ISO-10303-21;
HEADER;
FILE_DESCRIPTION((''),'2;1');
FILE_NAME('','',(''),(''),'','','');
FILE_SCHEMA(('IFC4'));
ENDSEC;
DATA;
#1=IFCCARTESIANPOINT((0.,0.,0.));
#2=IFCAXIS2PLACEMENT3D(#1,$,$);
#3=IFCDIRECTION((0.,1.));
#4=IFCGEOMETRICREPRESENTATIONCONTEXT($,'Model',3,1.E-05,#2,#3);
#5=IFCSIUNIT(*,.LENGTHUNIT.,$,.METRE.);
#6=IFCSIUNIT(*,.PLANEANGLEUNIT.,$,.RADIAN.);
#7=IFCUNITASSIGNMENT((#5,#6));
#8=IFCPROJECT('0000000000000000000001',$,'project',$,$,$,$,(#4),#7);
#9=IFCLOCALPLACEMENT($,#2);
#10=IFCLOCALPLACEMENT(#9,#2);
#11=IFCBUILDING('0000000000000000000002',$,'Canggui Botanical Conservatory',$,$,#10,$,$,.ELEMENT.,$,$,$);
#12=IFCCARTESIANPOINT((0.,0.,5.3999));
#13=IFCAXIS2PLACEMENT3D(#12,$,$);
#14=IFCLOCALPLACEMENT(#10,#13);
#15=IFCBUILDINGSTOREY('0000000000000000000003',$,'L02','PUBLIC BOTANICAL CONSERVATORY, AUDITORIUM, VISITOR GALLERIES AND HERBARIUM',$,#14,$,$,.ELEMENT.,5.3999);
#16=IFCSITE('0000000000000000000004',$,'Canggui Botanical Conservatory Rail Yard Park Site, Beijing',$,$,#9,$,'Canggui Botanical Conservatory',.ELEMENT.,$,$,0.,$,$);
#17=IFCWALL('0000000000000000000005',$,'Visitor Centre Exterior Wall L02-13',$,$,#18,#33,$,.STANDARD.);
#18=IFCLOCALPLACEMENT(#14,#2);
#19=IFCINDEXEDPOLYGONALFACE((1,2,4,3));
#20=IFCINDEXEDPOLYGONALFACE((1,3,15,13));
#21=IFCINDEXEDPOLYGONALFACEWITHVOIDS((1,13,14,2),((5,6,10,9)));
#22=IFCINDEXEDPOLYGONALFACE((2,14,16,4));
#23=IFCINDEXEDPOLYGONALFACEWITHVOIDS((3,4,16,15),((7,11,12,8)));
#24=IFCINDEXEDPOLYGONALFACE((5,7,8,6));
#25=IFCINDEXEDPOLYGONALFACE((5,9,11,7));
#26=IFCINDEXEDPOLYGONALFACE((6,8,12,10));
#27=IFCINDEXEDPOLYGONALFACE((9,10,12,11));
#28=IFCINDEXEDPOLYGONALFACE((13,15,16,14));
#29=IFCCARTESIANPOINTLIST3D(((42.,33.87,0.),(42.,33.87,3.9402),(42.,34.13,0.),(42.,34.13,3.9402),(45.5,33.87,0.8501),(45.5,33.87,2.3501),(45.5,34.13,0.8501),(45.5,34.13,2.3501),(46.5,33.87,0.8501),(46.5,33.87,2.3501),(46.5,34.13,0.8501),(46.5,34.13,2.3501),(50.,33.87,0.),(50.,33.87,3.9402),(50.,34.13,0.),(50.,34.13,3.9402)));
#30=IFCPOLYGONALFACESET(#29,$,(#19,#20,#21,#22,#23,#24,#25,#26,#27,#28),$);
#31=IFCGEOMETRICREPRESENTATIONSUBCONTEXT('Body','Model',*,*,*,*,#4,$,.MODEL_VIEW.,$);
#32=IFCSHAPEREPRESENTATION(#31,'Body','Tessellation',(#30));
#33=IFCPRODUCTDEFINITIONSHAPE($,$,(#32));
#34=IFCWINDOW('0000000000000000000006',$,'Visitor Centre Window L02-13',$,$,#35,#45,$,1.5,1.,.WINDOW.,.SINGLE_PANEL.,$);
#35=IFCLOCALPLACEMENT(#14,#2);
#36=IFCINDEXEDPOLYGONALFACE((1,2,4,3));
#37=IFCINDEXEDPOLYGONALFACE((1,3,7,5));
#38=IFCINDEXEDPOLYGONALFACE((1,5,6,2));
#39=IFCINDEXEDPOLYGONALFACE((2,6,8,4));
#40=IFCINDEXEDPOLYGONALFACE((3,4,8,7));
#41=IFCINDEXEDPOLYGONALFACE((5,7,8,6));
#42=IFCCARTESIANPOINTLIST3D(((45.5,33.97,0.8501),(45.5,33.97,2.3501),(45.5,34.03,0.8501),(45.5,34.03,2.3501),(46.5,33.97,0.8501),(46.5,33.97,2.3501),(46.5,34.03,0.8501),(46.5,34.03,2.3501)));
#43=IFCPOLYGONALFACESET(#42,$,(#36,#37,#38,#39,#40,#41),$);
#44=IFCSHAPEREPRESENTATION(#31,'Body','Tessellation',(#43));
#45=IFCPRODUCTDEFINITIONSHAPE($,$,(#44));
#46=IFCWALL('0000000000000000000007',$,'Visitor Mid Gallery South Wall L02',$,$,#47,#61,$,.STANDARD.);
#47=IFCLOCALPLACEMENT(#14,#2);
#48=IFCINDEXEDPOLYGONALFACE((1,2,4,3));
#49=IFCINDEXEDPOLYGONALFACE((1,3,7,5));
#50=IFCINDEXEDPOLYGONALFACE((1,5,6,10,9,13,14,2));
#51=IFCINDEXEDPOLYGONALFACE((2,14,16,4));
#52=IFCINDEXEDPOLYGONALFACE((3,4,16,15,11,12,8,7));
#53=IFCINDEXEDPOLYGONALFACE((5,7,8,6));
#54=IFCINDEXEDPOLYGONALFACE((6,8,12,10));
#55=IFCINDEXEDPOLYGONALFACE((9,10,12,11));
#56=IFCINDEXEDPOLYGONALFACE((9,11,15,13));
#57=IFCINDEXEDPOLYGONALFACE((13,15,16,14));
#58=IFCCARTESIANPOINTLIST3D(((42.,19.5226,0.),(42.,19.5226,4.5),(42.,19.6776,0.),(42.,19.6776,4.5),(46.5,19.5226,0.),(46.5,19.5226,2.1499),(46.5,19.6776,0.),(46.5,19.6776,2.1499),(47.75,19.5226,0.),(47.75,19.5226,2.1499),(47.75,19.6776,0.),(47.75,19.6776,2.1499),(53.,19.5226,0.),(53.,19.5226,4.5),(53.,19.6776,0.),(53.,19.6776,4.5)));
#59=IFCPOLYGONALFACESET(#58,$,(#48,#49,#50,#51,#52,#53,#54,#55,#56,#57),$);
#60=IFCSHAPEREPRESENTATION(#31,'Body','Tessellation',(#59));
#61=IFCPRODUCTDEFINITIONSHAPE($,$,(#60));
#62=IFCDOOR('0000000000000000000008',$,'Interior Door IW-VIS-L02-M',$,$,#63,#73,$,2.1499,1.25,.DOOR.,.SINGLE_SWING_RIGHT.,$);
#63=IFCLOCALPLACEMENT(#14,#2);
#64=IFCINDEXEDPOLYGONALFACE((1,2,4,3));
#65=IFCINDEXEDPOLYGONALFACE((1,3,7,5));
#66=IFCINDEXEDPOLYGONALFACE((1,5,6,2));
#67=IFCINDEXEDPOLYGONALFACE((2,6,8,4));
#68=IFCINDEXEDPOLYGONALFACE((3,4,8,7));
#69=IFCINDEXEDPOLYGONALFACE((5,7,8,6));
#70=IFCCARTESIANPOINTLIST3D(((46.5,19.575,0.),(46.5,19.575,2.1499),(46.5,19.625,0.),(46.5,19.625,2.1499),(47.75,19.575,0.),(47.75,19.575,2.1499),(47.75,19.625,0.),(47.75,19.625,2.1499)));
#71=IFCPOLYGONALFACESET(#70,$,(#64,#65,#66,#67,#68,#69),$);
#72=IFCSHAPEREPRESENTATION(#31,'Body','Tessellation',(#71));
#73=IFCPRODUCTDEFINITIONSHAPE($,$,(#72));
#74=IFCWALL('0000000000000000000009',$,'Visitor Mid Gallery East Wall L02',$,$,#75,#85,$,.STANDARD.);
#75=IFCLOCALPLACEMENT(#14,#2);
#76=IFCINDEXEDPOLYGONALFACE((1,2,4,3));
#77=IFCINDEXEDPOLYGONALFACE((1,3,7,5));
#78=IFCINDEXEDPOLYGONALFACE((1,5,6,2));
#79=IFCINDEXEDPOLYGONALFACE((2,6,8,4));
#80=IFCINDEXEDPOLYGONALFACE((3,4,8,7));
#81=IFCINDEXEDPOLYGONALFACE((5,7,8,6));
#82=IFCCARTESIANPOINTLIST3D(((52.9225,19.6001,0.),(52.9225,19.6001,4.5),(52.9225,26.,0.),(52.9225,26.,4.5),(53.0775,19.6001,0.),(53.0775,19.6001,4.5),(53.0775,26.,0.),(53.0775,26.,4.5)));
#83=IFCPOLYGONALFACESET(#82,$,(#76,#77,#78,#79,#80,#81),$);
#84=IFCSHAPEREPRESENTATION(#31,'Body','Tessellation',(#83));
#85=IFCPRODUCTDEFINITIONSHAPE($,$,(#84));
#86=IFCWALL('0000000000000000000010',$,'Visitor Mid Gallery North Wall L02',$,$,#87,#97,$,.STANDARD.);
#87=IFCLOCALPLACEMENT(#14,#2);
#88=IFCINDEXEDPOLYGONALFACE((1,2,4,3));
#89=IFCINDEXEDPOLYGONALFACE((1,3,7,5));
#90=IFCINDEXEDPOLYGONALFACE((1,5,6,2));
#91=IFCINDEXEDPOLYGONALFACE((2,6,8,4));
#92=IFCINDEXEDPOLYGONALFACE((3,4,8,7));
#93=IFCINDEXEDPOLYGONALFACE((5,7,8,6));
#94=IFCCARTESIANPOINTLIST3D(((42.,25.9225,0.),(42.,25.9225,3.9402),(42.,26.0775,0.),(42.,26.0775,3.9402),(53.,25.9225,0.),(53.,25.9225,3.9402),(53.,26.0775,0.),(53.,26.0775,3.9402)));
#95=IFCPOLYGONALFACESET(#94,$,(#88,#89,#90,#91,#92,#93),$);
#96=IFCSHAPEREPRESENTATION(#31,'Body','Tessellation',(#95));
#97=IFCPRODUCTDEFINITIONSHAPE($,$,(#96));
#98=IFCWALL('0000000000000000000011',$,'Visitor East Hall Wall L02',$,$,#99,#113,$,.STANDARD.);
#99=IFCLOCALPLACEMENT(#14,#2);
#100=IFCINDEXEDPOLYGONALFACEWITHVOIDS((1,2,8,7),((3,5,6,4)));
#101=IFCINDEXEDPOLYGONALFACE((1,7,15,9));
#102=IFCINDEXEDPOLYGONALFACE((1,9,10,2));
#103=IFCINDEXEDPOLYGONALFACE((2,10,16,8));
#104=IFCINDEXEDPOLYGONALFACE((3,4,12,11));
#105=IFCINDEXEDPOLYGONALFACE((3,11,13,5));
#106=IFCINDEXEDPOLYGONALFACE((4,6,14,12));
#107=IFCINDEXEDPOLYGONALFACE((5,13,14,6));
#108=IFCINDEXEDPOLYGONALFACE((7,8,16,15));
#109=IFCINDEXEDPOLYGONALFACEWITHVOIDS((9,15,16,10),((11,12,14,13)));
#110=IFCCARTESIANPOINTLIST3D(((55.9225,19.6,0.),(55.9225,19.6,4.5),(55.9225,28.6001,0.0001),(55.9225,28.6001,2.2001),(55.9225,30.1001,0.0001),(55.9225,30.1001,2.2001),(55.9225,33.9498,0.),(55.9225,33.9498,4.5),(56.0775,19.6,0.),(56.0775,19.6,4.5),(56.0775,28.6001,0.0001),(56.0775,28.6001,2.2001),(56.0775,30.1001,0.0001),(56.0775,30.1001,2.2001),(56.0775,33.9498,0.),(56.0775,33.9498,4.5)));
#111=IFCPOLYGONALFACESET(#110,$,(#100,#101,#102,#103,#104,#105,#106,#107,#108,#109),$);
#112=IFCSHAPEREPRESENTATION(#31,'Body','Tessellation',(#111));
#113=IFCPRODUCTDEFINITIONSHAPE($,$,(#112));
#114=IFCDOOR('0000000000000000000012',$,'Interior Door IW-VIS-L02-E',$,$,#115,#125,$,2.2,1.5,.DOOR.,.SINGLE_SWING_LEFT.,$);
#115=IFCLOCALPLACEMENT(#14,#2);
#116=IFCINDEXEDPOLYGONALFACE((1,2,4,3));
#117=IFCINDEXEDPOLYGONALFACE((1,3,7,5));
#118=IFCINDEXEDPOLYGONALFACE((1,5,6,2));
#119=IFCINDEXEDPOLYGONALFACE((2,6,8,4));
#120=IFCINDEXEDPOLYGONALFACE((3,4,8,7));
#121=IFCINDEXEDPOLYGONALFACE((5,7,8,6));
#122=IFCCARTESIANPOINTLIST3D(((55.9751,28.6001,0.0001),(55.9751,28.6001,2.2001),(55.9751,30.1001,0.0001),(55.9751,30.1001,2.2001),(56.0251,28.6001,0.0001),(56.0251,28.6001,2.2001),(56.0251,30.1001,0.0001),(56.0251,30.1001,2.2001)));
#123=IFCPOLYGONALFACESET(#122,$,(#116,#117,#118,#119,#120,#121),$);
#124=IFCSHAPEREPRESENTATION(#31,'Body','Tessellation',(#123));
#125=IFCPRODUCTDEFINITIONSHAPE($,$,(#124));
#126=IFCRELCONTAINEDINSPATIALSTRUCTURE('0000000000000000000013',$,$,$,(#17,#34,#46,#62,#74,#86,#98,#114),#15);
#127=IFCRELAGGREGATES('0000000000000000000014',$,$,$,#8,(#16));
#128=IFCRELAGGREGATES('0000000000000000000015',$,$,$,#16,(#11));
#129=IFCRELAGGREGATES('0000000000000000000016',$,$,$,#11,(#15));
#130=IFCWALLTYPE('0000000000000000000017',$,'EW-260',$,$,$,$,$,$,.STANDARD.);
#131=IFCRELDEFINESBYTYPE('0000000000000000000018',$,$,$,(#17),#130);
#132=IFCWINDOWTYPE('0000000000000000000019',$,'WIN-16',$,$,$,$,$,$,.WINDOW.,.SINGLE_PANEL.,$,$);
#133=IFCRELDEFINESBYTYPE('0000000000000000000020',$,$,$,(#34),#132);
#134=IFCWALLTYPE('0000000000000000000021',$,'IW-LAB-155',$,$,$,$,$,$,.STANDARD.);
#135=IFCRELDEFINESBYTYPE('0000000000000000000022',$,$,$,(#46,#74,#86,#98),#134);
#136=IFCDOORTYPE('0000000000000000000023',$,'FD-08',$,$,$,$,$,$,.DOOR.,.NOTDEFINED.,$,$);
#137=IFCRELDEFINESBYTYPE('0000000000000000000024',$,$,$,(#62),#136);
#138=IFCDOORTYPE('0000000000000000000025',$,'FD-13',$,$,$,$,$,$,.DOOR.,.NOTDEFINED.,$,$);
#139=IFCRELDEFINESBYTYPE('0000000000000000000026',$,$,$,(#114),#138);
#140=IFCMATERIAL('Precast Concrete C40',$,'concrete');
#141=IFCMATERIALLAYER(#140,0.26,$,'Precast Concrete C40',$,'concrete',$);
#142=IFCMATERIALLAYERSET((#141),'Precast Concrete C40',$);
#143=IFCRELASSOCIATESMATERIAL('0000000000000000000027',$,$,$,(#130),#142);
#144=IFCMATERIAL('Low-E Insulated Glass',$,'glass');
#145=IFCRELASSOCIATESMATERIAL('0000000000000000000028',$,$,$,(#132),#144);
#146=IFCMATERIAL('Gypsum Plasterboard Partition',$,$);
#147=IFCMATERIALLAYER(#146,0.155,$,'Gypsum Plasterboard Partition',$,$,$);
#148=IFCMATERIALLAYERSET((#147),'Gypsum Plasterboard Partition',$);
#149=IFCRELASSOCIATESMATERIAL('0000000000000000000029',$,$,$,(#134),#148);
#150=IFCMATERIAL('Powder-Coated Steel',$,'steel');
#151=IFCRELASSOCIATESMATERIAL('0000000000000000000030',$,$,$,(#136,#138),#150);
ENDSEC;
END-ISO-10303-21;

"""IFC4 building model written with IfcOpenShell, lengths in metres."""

from ifc_helpers import new_model, si_unit, direction, frame, frame_2d, origin, place, context, subcontext, project, spatial, rectangle, extrude, material, layer, layer_set, type_object, element, fill, save


model = new_model("IFC4")

# Units and contexts
model_context = context("Model", 3, precision=1e-05, world=origin(), true_north=direction((0.0, 1.0)))
body_context = subcontext(model_context, "Body", "Model", "MODEL_VIEW")
ifc_project = project(units=[si_unit("LENGTHUNIT", "METRE"), si_unit("PLANEANGLEUNIT", "RADIAN")], contexts=[model_context])

# Site, building, storey
site_placement = place(None, origin())
site = spatial("IfcSite", under=ifc_project, at=site_placement, Name="Canggui Botanical Conservatory Rail Yard Park Site, Beijing", LongName="Canggui Botanical Conservatory", CompositionType="ELEMENT", RefElevation=0.0)
building_placement = place(site_placement, origin())
building = spatial("IfcBuilding", under=site, at=building_placement, Name="Canggui Botanical Conservatory", CompositionType="ELEMENT")
storey_placement = place(building_placement, frame((0.0, 0.0, 5.3999)))
storey = spatial("IfcBuildingStorey", under=building, at=storey_placement, Name="L02", Description="PUBLIC BOTANICAL CONSERVATORY, AUDITORIUM, VISITOR GALLERIES AND HERBARIUM", CompositionType="ELEMENT", Elevation=5.3999)

# Shared definitions
ifc_material_1 = material(Name="Low-E Insulated Glass", Category="glass")

# Wall, opening, window
ifc_material_2 = material(Name="Precast Concrete C40", Category="concrete")
ifc_layer_1 = layer(ifc_material_2, 0.26, Name="Precast Concrete C40", Category="concrete")
ifc_layer_set_1 = layer_set([ifc_layer_1], Name="Precast Concrete C40")
wall_type_1 = type_object("IfcWallType", Name="EW-260", PredefinedType="STANDARD", material=ifc_layer_set_1)
wall_1_placement = place(storey_placement, frame((42.0, 34.0, 0.0), z_axis=(0.0, 0.0, 1.0), x_axis=(1.0, 0.0, 0.0)))
wall_1 = element("IfcWall", 1, at=wall_1_placement, inside=storey, type_object=wall_type_1, Name="Visitor Centre Exterior Wall L02-13", PredefinedType="STANDARD", context=body_context, shape_type="SweptSolid", body=[
    extrude(rectangle(XDim=8.0, YDim=0.26, at=frame_2d((4.0, 0.0))), origin(), (0.0, 0.0, 1.0), 3.9402),
])
opening_1_placement = place(wall_1_placement, frame((3.5, 0.0, 0.8501)))
opening_1 = element("IfcOpeningElement", 2, at=opening_1_placement, cuts=wall_1, PredefinedType="OPENING", context=body_context, shape_type="SweptSolid", body=[
    extrude(rectangle(XDim=1.0, YDim=1.5, at=frame_2d((0.5, 0.75))), frame((0.0, 0.1401, 0.0), z_axis=(0.0, -1.0, 0.0), x_axis=(1.0, 0.0, 0.0)), (0.0, 0.0, 1.0), 0.28),
])
window_type = type_object("IfcWindowType", Name="WIN-16", PartitioningType="SINGLE_PANEL", PredefinedType="WINDOW", material=ifc_material_1)
window_placement = place(opening_1_placement, origin())
window = element("IfcWindow", 3, at=window_placement, inside=storey, type_object=window_type, Name="Visitor Centre Window L02-13", OverallHeight=1.5, OverallWidth=1.0, PartitioningType="SINGLE_PANEL", PredefinedType="WINDOW", context=body_context, shape_type="SweptSolid", body=[
    extrude(rectangle(XDim=1.0, YDim=1.5, at=frame_2d((0.5, 0.75))), frame((0.0, 0.03, 0.0), z_axis=(0.0, -1.0, 0.0), x_axis=(1.0, 0.0, 0.0)), (0.0, 0.0, 1.0), 0.0601),
])
fill(opening_1, window)

# Wall, opening, door
ifc_material_3 = material(Name="Gypsum Plasterboard Partition")
ifc_layer_2 = layer(ifc_material_3, 0.155, Name="Gypsum Plasterboard Partition")
ifc_layer_set_2 = layer_set([ifc_layer_2], Name="Gypsum Plasterboard Partition")
wall_type_2 = type_object("IfcWallType", Name="IW-LAB-155", PredefinedType="STANDARD", material=ifc_layer_set_2)
wall_2_placement = place(storey_placement, frame((42.0, 19.6001, 0.0), z_axis=(0.0, 0.0, 1.0), x_axis=(1.0, 0.0, 0.0)))
wall_2 = element("IfcWall", 4, at=wall_2_placement, inside=storey, type_object=wall_type_2, Name="Visitor Mid Gallery South Wall L02", PredefinedType="STANDARD", context=body_context, shape_type="SweptSolid", body=[
    extrude(rectangle(XDim=11.0, YDim=0.155, at=frame_2d((5.5, 0.0))), origin(), (0.0, 0.0, 1.0), 4.5),
])
opening_2_placement = place(wall_2_placement, frame((4.5, 0.0, 0.0)))
opening_2 = element("IfcOpeningElement", 5, at=opening_2_placement, cuts=wall_2, PredefinedType="OPENING", context=body_context, shape_type="SweptSolid", body=[
    extrude(rectangle(XDim=1.25, YDim=2.1499, at=frame_2d((0.625, 1.075))), frame((0.0, 0.0874, 0.0), z_axis=(0.0, -1.0, 0.0), x_axis=(1.0, 0.0, 0.0)), (0.0, 0.0, 1.0), 0.175),
])
ifc_material_4 = material(Name="Powder-Coated Steel", Category="steel")
door_type_1 = type_object("IfcDoorType", Name="FD-08", OperationType="NOTDEFINED", PredefinedType="DOOR", material=ifc_material_4)
door_1_placement = place(opening_2_placement, origin())
door_1 = element("IfcDoor", 6, at=door_1_placement, inside=storey, type_object=door_type_1, Name="Interior Door IW-VIS-L02-M", OperationType="SINGLE_SWING_RIGHT", OverallHeight=2.1499, OverallWidth=1.25, PredefinedType="DOOR", context=body_context, shape_type="SweptSolid", body=[
    extrude(rectangle(XDim=1.25, YDim=2.1499, at=frame_2d((0.625, 1.075))), frame((0.0, 0.0249, 0.0), z_axis=(0.0, -1.0, 0.0), x_axis=(1.0, 0.0, 0.0)), (0.0, 0.0, 1.0), 0.05),
])
fill(opening_2, door_1)

# Walls
wall_3_placement = place(storey_placement, frame((53.0, 19.6001, 0.0), z_axis=(0.0, 0.0, 1.0), x_axis=(0.0, 1.0, 0.0)))
element("IfcWall", 7, at=wall_3_placement, inside=storey, type_object=wall_type_2, Name="Visitor Mid Gallery East Wall L02", PredefinedType="STANDARD", context=body_context, shape_type="SweptSolid", body=[
    extrude(rectangle(XDim=6.3999, YDim=0.155, at=frame_2d((3.2, 0.0))), origin(), (0.0, 0.0, 1.0), 4.5),
])
wall_4_placement = place(storey_placement, frame((42.0, 26.0, 0.0), z_axis=(0.0, 0.0, 1.0), x_axis=(1.0, 0.0, 0.0)))
element("IfcWall", 8, at=wall_4_placement, inside=storey, type_object=wall_type_2, Name="Visitor Mid Gallery North Wall L02", PredefinedType="STANDARD", context=body_context, shape_type="SweptSolid", body=[
    extrude(rectangle(XDim=11.0, YDim=0.155, at=frame_2d((5.5, 0.0))), origin(), (0.0, 0.0, 1.0), 3.9402),
])

# Wall, opening, door
wall_5_placement = place(storey_placement, frame((56.0, 19.6001, 0.0), z_axis=(0.0, 0.0, 1.0), x_axis=(0.0, 1.0, 0.0)))
wall_5 = element("IfcWall", 9, at=wall_5_placement, inside=storey, type_object=wall_type_2, Name="Visitor East Hall Wall L02", PredefinedType="STANDARD", context=body_context, shape_type="SweptSolid", body=[
    extrude(rectangle(XDim=14.3499, YDim=0.155, at=frame_2d((7.1748, 0.0))), origin(), (0.0, 0.0, 1.0), 4.5),
])
opening_3_placement = place(wall_5_placement, frame((9.0, 0.0, 0.0)))
opening_3 = element("IfcOpeningElement", 10, at=opening_3_placement, cuts=wall_5, PredefinedType="OPENING", context=body_context, shape_type="SweptSolid", body=[
    extrude(rectangle(XDim=1.5, YDim=2.2, at=frame_2d((0.75, 1.1001))), frame((0.0, 0.0874, 0.0), z_axis=(0.0, -1.0, 0.0), x_axis=(1.0, 0.0, 0.0)), (0.0, 0.0, 1.0), 0.175),
])
door_type_2 = type_object("IfcDoorType", Name="FD-13", OperationType="NOTDEFINED", PredefinedType="DOOR", material=ifc_material_4)
door_2_placement = place(opening_3_placement, origin())
door_2 = element("IfcDoor", 11, at=door_2_placement, inside=storey, type_object=door_type_2, Name="Interior Door IW-VIS-L02-E", OperationType="SINGLE_SWING_LEFT", OverallHeight=2.2, OverallWidth=1.5, PredefinedType="DOOR", context=body_context, shape_type="SweptSolid", body=[
    extrude(rectangle(XDim=1.5, YDim=2.2, at=frame_2d((0.75, 1.1001))), frame((0.0, 0.0249, 0.0), z_axis=(0.0, -1.0, 0.0), x_axis=(1.0, 0.0, 0.0)), (0.0, 0.0, 1.0), 0.05),
])
fill(opening_3, door_2)

save(model, "model.ifc")
